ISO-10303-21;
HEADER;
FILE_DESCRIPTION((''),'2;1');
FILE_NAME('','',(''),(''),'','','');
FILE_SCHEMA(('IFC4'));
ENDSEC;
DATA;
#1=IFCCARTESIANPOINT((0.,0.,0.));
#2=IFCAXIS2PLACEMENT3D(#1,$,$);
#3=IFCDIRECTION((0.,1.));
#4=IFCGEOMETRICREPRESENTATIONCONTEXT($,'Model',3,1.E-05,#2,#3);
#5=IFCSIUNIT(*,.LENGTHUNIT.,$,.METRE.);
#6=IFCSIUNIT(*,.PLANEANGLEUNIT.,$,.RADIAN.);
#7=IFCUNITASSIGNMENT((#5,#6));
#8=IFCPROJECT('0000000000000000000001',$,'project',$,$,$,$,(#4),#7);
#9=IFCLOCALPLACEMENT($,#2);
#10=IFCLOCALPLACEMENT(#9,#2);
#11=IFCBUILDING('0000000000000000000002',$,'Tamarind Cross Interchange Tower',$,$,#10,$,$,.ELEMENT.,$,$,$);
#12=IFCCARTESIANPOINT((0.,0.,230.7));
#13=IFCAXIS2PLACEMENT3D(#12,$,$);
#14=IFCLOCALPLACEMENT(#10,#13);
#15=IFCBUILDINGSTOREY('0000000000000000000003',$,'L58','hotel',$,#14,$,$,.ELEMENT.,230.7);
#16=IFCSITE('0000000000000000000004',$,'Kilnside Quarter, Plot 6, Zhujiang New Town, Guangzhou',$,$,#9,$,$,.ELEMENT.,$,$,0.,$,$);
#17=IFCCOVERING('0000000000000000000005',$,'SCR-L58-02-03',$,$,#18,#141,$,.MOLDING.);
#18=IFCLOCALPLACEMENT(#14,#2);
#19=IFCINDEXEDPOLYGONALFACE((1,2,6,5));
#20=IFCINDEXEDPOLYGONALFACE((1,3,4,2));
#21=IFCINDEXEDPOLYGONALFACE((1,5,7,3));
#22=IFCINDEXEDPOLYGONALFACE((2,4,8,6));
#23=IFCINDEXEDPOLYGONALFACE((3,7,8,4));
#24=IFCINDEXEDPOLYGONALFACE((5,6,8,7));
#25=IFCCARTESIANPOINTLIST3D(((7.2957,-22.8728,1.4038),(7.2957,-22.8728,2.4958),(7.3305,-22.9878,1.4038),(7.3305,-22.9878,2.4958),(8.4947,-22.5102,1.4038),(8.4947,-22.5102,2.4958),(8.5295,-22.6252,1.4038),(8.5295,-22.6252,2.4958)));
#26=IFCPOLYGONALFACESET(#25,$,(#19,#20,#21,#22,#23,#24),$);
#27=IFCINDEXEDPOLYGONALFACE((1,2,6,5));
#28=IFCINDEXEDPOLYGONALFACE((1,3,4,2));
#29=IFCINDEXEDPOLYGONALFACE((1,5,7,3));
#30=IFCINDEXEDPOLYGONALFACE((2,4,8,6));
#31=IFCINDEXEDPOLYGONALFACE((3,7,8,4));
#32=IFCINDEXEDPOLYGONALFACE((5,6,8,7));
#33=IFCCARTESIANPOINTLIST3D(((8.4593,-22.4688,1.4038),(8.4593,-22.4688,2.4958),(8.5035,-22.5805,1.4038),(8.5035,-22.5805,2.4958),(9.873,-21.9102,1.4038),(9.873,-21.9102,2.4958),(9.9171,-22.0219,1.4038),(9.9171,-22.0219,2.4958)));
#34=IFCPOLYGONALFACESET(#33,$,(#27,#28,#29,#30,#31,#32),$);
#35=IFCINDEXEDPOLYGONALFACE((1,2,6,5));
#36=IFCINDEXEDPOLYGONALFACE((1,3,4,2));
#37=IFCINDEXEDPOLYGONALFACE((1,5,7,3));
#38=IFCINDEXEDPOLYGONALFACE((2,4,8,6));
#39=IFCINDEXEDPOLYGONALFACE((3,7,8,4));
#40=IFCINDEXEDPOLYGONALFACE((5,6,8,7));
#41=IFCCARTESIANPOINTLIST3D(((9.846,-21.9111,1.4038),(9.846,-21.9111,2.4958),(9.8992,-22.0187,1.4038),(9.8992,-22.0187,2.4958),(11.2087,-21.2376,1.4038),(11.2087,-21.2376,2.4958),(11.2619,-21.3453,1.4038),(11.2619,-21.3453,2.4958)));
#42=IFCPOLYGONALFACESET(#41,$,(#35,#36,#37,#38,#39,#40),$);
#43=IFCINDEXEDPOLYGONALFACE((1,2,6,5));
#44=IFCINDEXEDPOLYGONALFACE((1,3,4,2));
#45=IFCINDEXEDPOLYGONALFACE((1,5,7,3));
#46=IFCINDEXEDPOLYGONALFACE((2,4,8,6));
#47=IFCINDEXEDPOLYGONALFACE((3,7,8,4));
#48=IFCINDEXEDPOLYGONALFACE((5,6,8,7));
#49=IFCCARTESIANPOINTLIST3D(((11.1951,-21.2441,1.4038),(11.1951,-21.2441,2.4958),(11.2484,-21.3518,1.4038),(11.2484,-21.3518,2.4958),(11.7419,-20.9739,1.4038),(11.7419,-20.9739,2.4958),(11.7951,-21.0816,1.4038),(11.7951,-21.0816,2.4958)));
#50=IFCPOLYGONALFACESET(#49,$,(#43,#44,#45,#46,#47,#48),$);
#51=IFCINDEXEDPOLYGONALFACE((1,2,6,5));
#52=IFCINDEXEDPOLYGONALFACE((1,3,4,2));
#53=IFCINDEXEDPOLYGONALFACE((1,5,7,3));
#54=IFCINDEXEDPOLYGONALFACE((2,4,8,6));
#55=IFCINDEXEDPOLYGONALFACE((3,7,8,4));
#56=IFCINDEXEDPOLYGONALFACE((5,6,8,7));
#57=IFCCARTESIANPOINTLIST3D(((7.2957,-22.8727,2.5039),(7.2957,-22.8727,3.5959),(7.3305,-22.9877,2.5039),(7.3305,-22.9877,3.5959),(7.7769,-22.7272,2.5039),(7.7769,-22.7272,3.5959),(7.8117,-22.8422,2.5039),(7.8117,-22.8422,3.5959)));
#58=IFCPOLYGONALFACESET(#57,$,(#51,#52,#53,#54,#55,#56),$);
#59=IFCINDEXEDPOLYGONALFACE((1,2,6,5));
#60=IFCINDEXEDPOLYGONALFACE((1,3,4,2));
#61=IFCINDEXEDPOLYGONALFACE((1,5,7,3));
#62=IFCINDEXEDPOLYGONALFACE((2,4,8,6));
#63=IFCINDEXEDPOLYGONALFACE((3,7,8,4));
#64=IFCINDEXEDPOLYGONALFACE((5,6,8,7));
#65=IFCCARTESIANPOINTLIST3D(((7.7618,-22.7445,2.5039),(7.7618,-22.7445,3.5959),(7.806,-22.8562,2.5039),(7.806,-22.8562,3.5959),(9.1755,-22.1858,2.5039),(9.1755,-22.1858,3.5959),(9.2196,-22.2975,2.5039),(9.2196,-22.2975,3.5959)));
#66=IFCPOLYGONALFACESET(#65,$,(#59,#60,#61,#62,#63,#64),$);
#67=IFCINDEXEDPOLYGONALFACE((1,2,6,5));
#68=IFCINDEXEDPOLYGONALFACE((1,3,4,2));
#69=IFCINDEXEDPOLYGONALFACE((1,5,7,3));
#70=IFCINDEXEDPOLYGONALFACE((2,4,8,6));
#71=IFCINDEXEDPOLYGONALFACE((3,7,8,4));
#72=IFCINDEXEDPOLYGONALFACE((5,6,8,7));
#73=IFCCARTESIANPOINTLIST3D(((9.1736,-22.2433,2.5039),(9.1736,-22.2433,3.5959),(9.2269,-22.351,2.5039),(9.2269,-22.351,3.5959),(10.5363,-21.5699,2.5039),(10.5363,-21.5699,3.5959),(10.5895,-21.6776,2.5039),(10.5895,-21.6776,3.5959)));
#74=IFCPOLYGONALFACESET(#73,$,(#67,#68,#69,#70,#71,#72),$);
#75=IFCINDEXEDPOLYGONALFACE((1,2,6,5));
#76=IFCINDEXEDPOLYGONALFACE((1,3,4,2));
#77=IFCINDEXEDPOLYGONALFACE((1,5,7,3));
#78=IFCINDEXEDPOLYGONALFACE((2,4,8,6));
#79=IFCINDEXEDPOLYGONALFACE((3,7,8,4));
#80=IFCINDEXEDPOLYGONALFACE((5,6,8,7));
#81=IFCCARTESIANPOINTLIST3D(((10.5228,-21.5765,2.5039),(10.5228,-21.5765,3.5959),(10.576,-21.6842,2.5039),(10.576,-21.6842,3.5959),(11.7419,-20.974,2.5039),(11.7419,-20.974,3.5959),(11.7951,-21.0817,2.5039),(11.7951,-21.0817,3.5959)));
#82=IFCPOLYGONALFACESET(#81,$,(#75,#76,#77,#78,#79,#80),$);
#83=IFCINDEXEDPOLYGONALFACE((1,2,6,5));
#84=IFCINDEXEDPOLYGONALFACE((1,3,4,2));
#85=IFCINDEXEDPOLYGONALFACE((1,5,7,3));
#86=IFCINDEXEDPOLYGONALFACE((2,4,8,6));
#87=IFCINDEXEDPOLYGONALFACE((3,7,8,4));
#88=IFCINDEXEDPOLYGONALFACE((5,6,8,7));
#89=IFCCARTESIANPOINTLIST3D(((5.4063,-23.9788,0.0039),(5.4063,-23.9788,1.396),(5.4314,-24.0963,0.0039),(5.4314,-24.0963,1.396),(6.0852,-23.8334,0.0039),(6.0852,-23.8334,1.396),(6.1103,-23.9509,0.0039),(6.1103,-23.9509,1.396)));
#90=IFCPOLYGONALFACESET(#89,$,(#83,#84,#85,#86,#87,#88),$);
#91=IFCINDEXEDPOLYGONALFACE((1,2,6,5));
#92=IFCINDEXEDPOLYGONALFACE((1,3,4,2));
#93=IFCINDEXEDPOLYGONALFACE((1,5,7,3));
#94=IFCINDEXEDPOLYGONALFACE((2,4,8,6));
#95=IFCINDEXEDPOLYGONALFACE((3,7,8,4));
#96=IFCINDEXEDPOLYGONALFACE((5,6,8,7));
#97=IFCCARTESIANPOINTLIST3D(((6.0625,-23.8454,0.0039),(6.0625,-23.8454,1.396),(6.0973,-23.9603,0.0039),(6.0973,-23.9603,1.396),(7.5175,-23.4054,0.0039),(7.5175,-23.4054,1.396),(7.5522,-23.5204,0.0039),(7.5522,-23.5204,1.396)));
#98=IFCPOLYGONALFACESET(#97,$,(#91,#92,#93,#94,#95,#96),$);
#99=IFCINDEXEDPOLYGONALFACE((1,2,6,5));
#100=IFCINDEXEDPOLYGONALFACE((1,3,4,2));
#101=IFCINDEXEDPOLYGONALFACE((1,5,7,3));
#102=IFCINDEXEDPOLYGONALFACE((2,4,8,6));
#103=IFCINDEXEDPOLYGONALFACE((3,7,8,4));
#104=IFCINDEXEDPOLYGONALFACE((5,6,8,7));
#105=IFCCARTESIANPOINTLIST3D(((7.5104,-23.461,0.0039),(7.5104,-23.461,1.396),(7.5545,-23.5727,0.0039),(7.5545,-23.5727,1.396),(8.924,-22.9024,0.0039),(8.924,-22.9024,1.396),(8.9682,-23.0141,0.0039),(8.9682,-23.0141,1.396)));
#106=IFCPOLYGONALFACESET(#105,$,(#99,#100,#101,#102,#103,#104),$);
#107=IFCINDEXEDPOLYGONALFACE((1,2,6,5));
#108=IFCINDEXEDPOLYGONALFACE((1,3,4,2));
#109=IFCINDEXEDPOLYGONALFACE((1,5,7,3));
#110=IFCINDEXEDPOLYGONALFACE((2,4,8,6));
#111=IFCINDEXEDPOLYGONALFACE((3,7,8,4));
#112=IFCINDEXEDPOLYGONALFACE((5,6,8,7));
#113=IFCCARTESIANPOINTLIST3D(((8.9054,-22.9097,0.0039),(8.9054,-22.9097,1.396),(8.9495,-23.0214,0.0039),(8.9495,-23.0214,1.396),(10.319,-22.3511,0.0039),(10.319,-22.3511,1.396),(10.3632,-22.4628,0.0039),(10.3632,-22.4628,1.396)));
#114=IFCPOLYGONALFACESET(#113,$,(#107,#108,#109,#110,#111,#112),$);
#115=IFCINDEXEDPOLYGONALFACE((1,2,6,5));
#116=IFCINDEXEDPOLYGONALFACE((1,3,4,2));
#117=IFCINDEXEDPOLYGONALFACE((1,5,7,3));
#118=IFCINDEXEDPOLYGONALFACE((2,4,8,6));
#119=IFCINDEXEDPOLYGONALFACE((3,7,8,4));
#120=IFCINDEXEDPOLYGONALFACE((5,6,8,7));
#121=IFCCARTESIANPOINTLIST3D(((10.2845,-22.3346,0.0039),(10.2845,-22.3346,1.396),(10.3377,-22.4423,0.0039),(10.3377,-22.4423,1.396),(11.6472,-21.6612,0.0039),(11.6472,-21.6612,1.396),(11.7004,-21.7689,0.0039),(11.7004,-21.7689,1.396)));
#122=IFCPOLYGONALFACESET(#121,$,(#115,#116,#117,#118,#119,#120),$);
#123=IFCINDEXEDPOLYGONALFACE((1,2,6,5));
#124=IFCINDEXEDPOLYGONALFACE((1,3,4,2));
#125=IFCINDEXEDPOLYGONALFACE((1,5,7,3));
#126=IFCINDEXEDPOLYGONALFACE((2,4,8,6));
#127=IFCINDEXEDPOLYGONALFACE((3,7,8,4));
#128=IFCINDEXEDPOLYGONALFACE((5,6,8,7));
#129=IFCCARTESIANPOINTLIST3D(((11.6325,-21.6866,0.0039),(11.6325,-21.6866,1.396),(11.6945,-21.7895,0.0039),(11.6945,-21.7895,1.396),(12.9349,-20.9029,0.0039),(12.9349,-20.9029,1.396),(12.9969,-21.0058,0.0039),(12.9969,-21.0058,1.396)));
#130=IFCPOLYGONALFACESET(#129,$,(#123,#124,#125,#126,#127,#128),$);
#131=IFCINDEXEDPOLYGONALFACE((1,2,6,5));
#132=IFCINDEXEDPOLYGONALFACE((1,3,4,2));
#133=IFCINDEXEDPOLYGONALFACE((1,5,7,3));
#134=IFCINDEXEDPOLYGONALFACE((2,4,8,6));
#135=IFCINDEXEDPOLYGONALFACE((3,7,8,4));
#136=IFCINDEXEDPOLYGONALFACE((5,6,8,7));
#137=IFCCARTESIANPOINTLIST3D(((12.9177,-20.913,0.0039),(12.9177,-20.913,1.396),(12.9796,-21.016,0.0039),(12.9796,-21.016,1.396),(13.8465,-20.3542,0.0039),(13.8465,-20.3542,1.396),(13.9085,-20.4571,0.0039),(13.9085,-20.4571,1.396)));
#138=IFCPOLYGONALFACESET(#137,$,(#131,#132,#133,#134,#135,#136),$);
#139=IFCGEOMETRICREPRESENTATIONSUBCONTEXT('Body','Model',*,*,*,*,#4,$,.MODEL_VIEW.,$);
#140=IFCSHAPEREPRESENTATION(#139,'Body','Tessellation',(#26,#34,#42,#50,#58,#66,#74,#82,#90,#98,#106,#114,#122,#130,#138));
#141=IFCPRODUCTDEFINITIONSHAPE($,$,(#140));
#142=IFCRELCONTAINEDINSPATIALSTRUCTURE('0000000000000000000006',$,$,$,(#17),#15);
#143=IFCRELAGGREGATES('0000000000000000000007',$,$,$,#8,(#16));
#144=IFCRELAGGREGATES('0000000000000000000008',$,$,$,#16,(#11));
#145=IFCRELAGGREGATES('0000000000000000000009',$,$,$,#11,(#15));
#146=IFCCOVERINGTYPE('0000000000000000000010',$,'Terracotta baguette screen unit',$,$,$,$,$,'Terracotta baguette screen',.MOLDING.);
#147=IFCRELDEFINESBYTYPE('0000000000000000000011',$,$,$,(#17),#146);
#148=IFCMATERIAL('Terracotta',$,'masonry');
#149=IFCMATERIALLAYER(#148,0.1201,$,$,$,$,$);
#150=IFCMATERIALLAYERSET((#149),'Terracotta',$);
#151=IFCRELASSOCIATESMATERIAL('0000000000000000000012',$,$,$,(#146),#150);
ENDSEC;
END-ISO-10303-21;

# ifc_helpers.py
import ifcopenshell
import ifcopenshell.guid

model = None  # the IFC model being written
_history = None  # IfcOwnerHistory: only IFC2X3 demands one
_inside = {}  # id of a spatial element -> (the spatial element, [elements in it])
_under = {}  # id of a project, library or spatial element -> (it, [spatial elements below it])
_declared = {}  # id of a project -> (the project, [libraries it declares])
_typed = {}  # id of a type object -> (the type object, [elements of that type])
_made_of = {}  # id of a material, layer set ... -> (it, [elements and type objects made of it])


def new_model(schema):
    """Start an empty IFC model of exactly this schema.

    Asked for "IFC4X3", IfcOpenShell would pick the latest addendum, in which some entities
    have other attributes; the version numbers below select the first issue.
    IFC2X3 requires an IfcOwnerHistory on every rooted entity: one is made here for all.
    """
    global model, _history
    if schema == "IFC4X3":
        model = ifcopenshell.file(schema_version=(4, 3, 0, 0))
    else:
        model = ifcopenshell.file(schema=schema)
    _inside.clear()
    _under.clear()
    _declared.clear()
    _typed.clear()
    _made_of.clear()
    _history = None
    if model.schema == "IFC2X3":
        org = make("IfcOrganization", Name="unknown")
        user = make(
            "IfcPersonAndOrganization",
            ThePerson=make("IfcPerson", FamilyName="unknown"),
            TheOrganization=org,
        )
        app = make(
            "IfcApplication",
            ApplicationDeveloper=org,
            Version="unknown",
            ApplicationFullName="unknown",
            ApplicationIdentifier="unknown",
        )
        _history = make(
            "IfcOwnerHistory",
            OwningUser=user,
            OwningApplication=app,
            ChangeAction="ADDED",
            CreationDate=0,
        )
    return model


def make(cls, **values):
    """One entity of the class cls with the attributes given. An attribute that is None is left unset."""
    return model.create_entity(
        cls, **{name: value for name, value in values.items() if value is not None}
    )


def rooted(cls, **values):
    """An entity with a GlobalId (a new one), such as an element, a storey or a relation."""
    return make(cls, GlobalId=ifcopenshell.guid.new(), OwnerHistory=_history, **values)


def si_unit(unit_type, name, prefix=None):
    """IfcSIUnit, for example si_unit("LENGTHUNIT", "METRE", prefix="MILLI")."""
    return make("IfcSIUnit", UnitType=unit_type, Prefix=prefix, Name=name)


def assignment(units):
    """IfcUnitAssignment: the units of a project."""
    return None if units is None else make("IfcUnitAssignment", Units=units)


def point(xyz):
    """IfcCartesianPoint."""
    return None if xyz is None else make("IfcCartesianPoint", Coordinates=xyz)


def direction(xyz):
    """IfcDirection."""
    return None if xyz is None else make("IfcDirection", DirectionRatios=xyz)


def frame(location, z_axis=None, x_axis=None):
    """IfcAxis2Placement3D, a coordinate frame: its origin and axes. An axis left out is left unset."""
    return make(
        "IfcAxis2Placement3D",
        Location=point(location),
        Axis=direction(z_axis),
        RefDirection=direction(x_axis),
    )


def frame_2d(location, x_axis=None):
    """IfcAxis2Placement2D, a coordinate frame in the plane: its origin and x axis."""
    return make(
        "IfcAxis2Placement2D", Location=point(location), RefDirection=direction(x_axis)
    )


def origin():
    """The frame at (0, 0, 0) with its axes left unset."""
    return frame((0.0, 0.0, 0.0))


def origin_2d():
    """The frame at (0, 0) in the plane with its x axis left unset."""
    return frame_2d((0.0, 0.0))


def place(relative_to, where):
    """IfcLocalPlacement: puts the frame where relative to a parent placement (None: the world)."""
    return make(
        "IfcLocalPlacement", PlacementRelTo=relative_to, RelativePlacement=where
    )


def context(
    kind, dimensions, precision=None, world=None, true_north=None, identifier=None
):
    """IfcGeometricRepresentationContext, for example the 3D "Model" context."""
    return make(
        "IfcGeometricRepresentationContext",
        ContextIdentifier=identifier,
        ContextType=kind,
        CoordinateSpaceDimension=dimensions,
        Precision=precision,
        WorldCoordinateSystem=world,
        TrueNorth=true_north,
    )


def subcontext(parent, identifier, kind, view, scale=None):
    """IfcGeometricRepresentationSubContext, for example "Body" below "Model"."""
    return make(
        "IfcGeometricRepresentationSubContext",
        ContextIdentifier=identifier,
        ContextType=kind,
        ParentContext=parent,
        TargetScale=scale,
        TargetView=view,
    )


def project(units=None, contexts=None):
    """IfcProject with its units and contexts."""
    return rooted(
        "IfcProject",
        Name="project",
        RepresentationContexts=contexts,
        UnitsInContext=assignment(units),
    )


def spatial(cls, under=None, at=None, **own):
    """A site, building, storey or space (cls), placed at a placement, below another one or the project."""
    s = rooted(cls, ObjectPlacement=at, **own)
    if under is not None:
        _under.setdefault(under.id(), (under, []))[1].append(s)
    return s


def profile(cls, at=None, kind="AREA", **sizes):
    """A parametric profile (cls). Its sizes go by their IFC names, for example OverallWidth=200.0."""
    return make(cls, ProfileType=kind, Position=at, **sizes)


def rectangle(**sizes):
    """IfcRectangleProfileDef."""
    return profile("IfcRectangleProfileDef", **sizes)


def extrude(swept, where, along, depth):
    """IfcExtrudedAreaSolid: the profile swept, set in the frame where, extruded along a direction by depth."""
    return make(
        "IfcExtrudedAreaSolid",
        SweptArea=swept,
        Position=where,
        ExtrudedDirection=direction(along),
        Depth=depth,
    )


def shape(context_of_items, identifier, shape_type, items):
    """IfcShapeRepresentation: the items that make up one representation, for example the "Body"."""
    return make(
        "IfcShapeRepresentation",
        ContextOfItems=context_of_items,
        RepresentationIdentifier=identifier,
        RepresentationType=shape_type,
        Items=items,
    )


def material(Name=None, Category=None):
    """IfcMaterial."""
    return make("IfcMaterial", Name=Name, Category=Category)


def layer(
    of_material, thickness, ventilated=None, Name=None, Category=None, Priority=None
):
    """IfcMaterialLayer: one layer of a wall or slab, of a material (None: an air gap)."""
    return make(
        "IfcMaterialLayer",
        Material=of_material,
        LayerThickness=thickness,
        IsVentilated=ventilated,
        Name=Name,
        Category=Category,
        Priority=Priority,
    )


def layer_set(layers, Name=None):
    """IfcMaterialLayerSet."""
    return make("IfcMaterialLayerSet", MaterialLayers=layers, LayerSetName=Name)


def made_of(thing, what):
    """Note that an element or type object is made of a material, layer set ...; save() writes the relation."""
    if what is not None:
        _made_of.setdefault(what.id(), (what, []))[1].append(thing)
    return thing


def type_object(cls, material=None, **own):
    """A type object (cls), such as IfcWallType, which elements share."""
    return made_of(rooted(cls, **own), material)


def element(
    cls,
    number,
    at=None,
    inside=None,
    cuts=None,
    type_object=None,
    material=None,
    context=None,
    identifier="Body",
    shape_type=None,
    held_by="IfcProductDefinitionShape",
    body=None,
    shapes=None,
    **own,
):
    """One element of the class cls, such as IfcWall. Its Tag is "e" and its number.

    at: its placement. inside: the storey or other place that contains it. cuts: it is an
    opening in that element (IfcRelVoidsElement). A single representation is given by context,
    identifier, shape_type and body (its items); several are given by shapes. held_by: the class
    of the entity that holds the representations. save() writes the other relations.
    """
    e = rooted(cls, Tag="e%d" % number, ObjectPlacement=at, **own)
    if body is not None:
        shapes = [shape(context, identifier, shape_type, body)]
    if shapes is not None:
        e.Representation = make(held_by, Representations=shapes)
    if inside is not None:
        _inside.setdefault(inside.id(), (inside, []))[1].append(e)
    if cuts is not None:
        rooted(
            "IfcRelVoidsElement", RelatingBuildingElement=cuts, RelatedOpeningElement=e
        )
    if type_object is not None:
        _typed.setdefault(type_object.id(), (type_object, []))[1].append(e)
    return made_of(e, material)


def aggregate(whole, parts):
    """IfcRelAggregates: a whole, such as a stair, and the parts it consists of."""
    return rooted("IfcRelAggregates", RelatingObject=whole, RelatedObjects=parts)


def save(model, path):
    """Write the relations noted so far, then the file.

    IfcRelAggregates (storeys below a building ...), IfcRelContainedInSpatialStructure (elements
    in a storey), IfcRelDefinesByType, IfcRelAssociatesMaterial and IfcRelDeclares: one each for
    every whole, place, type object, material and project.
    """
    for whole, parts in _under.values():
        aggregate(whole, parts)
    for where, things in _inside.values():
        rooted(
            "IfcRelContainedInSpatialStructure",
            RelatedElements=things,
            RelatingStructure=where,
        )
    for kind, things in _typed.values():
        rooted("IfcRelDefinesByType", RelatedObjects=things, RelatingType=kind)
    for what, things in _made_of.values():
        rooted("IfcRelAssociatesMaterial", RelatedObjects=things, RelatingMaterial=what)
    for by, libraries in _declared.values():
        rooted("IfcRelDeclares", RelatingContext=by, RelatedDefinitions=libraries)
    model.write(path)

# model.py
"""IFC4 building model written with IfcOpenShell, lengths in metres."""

from ifc_helpers import new_model, si_unit, direction, frame, origin, origin_2d, place, context, subcontext, project, spatial, rectangle, extrude, material, layer, layer_set, type_object, element, save


model = new_model("IFC4")

# Units and contexts
model_context = context("Model", 3, precision=1e-05, world=origin(), true_north=direction((0.0, 1.0)))
body_context = subcontext(model_context, "Body", "Model", "MODEL_VIEW")
ifc_project = project(units=[si_unit("LENGTHUNIT", "METRE"), si_unit("PLANEANGLEUNIT", "RADIAN")], contexts=[model_context])

# Site, building, storey
site_placement = place(None, origin())
site = spatial("IfcSite", under=ifc_project, at=site_placement, Name="Kilnside Quarter, Plot 6, Zhujiang New Town, Guangzhou", CompositionType="ELEMENT", RefElevation=0.0)
building_placement = place(site_placement, origin())
building = spatial("IfcBuilding", under=site, at=building_placement, Name="Tamarind Cross Interchange Tower", CompositionType="ELEMENT")
storey_placement = place(building_placement, frame((0.0, 0.0, 230.7)))
storey = spatial("IfcBuildingStorey", under=building, at=storey_placement, Name="L58", Description="hotel", CompositionType="ELEMENT", Elevation=230.7)

# Covering
ifc_material_1 = material(Name="Terracotta", Category="masonry")
ifc_layer_1 = layer(ifc_material_1, 0.1201)
ifc_layer_set_1 = layer_set([ifc_layer_1], Name="Terracotta")
covering_type = type_object("IfcCoveringType", Name="Terracotta baguette screen unit", ElementType="Terracotta baguette screen", PredefinedType="MOLDING", material=ifc_layer_set_1)
covering_1_placement = place(storey_placement, origin())
element("IfcCovering", 1, at=covering_1_placement, inside=storey, type_object=covering_type, Name="SCR-L58-02-03", PredefinedType="MOLDING", context=body_context, shape_type="SweptSolid", body=[
    extrude(rectangle(XDim=1.2527, YDim=0.1201, at=origin_2d()), frame((7.9126, -22.749, 1.4038), z_axis=(0.0, 0.0, 1.0), x_axis=(0.957191, 0.289458, 0.0)), (0.0, 0.0, 1.0), 1.092),
    extrude(rectangle(XDim=1.52, YDim=0.1201, at=origin_2d()), frame((9.1882, -22.2454, 1.4038), z_axis=(0.0, 0.0, 1.0), x_axis=(0.930018, 0.367514, 0.0)), (0.0, 0.0, 1.0), 1.092),
    extrude(rectangle(XDim=1.52, YDim=0.1201, at=origin_2d()), frame((10.554, -21.6282, 1.4038), z_axis=(0.0, 0.0, 1.0), x_axis=(0.896493, 0.443059, 0.0)), (0.0, 0.0, 1.0), 1.092),
    extrude(rectangle(XDim=0.6099, YDim=0.1201, at=origin_2d()), frame((11.4951, -21.1628, 1.4038), z_axis=(0.0, 0.0, 1.0), x_axis=(0.896493, 0.443059, 0.0)), (0.0, 0.0, 1.0), 1.092),
    extrude(rectangle(XDim=0.5027, YDim=0.1201, at=origin_2d()), frame((7.5537, -22.8574, 2.5039), z_axis=(0.0, 0.0, 1.0), x_axis=(0.957191, 0.289458, 0.0)), (0.0, 0.0, 1.0), 1.092),
    extrude(rectangle(XDim=1.52, YDim=0.1201, at=origin_2d()), frame((8.4907, -22.521, 2.5039), z_axis=(0.0, 0.0, 1.0), x_axis=(0.930018, 0.367514, 0.0)), (0.0, 0.0, 1.0), 1.092),
    extrude(rectangle(XDim=1.52, YDim=0.1201, at=origin_2d()), frame((9.8816, -21.9604, 2.5039), z_axis=(0.0, 0.0, 1.0), x_axis=(0.896493, 0.443059, 0.0)), (0.0, 0.0, 1.0), 1.092),
    extrude(rectangle(XDim=1.3599, YDim=0.1201, at=origin_2d()), frame((11.1589, -21.3291, 2.5039), z_axis=(0.0, 0.0, 1.0), x_axis=(0.896493, 0.443059, 0.0)), (0.0, 0.0, 1.0), 1.092),
    extrude(rectangle(XDim=0.6943, YDim=0.1201, at=origin_2d()), frame((5.7583, -23.9648, 0.0039), z_axis=(0.0, 0.0, 1.0), x_axis=(0.977825, 0.209425, 0.0)), (0.0, 0.0, 1.0), 1.3921),
    extrude(rectangle(XDim=1.52, YDim=0.1201, at=origin_2d()), frame((6.8074, -23.6829, 0.0039), z_axis=(0.0, 0.0, 1.0), x_axis=(0.957191, 0.289458, 0.0)), (0.0, 0.0, 1.0), 1.3921),
    extrude(rectangle(XDim=1.52, YDim=0.1201, at=origin_2d()), frame((8.2393, -23.2375, 0.0039), z_axis=(0.0, 0.0, 1.0), x_axis=(0.930018, 0.367514, 0.0)), (0.0, 0.0, 1.0), 1.3921),
    extrude(rectangle(XDim=1.52, YDim=0.1201, at=origin_2d()), frame((9.6343, -22.6863, 0.0039), z_axis=(0.0, 0.0, 1.0), x_axis=(0.930018, 0.367514, 0.0)), (0.0, 0.0, 1.0), 1.3921),
    extrude(rectangle(XDim=1.52, YDim=0.1201, at=origin_2d()), frame((10.9924, -22.0518, 0.0039), z_axis=(0.0, 0.0, 1.0), x_axis=(0.896493, 0.443059, 0.0)), (0.0, 0.0, 1.0), 1.3921),
    extrude(rectangle(XDim=1.52, YDim=0.1201, at=origin_2d()), frame((12.3147, -21.3462, 0.0039), z_axis=(0.0, 0.0, 1.0), x_axis=(0.856843, 0.515577, 0.0)), (0.0, 0.0, 1.0), 1.3921),
    extrude(rectangle(XDim=1.084, YDim=0.1201, at=origin_2d()), frame((13.4131, -20.6851, 0.0039), z_axis=(0.0, 0.0, 1.0), x_axis=(0.856843, 0.515577, 0.0)), (0.0, 0.0, 1.0), 1.3921),
])

save(model, "model.ifc")
